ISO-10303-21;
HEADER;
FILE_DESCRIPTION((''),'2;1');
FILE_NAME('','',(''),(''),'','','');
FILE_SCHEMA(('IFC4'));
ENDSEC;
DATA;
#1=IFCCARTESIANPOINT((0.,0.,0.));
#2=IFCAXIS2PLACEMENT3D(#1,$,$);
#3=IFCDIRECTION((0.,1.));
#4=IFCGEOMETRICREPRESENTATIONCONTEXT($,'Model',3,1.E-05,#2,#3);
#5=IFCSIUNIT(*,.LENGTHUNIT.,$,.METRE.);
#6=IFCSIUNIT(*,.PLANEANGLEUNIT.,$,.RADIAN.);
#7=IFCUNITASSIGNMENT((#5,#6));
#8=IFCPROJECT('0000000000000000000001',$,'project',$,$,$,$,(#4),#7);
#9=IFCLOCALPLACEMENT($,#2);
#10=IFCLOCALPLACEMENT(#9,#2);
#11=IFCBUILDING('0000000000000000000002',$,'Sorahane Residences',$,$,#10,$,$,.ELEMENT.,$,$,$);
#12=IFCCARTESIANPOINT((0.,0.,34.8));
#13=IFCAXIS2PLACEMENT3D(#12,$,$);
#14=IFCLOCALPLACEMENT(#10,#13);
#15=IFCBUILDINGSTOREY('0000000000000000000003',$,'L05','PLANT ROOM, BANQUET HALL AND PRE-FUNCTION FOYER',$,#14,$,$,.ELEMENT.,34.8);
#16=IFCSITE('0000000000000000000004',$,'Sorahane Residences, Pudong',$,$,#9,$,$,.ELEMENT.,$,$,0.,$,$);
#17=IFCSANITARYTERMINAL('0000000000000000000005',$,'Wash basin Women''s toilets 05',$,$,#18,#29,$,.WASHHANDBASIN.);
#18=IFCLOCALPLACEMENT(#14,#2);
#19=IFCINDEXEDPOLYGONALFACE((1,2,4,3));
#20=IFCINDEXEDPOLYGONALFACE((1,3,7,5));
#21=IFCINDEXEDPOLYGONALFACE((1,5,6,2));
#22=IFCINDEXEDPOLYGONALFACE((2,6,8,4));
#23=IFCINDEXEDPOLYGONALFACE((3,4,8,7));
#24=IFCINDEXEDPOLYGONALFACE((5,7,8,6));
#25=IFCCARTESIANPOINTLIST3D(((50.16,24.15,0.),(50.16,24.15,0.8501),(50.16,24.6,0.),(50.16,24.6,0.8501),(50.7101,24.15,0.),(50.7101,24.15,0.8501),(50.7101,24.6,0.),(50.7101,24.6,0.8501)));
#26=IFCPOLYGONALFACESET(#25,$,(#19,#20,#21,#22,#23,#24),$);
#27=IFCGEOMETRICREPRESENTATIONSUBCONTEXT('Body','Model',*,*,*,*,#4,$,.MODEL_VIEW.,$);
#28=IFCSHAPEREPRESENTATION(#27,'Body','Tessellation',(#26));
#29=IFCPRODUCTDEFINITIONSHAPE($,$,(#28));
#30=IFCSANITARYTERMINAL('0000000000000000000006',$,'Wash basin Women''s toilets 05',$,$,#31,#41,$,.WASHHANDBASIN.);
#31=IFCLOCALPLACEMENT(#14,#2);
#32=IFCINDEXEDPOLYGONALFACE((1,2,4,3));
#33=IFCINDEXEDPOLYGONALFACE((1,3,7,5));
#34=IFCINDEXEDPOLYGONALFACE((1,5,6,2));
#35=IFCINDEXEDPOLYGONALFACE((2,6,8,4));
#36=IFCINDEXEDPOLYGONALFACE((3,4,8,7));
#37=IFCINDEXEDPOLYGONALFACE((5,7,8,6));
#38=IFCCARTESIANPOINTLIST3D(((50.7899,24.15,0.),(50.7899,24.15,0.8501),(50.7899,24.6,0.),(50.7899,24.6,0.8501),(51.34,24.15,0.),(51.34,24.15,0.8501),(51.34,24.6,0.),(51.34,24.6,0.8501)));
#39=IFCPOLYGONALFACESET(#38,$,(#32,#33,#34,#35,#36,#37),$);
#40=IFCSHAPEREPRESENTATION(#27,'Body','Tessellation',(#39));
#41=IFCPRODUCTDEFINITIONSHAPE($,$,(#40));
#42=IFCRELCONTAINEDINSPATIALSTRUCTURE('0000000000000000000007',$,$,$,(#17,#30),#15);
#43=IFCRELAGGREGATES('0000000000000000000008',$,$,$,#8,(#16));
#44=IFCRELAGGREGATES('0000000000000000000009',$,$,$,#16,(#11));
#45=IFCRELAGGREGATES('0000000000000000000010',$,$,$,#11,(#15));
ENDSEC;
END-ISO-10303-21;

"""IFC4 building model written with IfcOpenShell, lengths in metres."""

from ifc_helpers import new_model, si_unit, direction, frame, origin, origin_2d, place, context, subcontext, project, spatial, rectangle, extrude, element, save


model = new_model("IFC4")

# Units and contexts
model_context = context("Model", 3, precision=1e-05, world=origin(), true_north=direction((0.0, 1.0)))
body_context = subcontext(model_context, "Body", "Model", "MODEL_VIEW")
ifc_project = project(units=[si_unit("LENGTHUNIT", "METRE"), si_unit("PLANEANGLEUNIT", "RADIAN")], contexts=[model_context])

# Site, building, storey
site_placement = place(None, origin())
site = spatial("IfcSite", under=ifc_project, at=site_placement, Name="Sorahane Residences, Pudong", CompositionType="ELEMENT", RefElevation=0.0)
building_placement = place(site_placement, origin())
building = spatial("IfcBuilding", under=site, at=building_placement, Name="Sorahane Residences", CompositionType="ELEMENT")
storey_placement = place(building_placement, frame((0.0, 0.0, 34.8)))
storey = spatial("IfcBuildingStorey", under=building, at=storey_placement, Name="L05", Description="PLANT ROOM, BANQUET HALL AND PRE-FUNCTION FOYER", CompositionType="ELEMENT", Elevation=34.8)

# Sanitary terminals
for number, where, z_axis, x_axis, name in (
    (1, (50.4351, 24.375, 0.0), (0.0, 0.0, 1.0), (1.0, 0.0, 0.0), "Wash basin Women's toilets 05"),
    (2, (51.0649, 24.375, 0.0), (0.0, 0.0, 1.0), (1.0, 0.0, 0.0), "Wash basin Women's toilets 05"),
):
    element("IfcSanitaryTerminal", number, at=place(storey_placement, frame(where, z_axis=z_axis, x_axis=x_axis)), inside=storey, Name=name, PredefinedType="WASHHANDBASIN", context=body_context, shape_type="SweptSolid", body=[
        extrude(rectangle(XDim=0.55, YDim=0.45, at=origin_2d()), origin(), (0.0, 0.0, 1.0), 0.8501),
    ])

save(model, "model.ifc")
